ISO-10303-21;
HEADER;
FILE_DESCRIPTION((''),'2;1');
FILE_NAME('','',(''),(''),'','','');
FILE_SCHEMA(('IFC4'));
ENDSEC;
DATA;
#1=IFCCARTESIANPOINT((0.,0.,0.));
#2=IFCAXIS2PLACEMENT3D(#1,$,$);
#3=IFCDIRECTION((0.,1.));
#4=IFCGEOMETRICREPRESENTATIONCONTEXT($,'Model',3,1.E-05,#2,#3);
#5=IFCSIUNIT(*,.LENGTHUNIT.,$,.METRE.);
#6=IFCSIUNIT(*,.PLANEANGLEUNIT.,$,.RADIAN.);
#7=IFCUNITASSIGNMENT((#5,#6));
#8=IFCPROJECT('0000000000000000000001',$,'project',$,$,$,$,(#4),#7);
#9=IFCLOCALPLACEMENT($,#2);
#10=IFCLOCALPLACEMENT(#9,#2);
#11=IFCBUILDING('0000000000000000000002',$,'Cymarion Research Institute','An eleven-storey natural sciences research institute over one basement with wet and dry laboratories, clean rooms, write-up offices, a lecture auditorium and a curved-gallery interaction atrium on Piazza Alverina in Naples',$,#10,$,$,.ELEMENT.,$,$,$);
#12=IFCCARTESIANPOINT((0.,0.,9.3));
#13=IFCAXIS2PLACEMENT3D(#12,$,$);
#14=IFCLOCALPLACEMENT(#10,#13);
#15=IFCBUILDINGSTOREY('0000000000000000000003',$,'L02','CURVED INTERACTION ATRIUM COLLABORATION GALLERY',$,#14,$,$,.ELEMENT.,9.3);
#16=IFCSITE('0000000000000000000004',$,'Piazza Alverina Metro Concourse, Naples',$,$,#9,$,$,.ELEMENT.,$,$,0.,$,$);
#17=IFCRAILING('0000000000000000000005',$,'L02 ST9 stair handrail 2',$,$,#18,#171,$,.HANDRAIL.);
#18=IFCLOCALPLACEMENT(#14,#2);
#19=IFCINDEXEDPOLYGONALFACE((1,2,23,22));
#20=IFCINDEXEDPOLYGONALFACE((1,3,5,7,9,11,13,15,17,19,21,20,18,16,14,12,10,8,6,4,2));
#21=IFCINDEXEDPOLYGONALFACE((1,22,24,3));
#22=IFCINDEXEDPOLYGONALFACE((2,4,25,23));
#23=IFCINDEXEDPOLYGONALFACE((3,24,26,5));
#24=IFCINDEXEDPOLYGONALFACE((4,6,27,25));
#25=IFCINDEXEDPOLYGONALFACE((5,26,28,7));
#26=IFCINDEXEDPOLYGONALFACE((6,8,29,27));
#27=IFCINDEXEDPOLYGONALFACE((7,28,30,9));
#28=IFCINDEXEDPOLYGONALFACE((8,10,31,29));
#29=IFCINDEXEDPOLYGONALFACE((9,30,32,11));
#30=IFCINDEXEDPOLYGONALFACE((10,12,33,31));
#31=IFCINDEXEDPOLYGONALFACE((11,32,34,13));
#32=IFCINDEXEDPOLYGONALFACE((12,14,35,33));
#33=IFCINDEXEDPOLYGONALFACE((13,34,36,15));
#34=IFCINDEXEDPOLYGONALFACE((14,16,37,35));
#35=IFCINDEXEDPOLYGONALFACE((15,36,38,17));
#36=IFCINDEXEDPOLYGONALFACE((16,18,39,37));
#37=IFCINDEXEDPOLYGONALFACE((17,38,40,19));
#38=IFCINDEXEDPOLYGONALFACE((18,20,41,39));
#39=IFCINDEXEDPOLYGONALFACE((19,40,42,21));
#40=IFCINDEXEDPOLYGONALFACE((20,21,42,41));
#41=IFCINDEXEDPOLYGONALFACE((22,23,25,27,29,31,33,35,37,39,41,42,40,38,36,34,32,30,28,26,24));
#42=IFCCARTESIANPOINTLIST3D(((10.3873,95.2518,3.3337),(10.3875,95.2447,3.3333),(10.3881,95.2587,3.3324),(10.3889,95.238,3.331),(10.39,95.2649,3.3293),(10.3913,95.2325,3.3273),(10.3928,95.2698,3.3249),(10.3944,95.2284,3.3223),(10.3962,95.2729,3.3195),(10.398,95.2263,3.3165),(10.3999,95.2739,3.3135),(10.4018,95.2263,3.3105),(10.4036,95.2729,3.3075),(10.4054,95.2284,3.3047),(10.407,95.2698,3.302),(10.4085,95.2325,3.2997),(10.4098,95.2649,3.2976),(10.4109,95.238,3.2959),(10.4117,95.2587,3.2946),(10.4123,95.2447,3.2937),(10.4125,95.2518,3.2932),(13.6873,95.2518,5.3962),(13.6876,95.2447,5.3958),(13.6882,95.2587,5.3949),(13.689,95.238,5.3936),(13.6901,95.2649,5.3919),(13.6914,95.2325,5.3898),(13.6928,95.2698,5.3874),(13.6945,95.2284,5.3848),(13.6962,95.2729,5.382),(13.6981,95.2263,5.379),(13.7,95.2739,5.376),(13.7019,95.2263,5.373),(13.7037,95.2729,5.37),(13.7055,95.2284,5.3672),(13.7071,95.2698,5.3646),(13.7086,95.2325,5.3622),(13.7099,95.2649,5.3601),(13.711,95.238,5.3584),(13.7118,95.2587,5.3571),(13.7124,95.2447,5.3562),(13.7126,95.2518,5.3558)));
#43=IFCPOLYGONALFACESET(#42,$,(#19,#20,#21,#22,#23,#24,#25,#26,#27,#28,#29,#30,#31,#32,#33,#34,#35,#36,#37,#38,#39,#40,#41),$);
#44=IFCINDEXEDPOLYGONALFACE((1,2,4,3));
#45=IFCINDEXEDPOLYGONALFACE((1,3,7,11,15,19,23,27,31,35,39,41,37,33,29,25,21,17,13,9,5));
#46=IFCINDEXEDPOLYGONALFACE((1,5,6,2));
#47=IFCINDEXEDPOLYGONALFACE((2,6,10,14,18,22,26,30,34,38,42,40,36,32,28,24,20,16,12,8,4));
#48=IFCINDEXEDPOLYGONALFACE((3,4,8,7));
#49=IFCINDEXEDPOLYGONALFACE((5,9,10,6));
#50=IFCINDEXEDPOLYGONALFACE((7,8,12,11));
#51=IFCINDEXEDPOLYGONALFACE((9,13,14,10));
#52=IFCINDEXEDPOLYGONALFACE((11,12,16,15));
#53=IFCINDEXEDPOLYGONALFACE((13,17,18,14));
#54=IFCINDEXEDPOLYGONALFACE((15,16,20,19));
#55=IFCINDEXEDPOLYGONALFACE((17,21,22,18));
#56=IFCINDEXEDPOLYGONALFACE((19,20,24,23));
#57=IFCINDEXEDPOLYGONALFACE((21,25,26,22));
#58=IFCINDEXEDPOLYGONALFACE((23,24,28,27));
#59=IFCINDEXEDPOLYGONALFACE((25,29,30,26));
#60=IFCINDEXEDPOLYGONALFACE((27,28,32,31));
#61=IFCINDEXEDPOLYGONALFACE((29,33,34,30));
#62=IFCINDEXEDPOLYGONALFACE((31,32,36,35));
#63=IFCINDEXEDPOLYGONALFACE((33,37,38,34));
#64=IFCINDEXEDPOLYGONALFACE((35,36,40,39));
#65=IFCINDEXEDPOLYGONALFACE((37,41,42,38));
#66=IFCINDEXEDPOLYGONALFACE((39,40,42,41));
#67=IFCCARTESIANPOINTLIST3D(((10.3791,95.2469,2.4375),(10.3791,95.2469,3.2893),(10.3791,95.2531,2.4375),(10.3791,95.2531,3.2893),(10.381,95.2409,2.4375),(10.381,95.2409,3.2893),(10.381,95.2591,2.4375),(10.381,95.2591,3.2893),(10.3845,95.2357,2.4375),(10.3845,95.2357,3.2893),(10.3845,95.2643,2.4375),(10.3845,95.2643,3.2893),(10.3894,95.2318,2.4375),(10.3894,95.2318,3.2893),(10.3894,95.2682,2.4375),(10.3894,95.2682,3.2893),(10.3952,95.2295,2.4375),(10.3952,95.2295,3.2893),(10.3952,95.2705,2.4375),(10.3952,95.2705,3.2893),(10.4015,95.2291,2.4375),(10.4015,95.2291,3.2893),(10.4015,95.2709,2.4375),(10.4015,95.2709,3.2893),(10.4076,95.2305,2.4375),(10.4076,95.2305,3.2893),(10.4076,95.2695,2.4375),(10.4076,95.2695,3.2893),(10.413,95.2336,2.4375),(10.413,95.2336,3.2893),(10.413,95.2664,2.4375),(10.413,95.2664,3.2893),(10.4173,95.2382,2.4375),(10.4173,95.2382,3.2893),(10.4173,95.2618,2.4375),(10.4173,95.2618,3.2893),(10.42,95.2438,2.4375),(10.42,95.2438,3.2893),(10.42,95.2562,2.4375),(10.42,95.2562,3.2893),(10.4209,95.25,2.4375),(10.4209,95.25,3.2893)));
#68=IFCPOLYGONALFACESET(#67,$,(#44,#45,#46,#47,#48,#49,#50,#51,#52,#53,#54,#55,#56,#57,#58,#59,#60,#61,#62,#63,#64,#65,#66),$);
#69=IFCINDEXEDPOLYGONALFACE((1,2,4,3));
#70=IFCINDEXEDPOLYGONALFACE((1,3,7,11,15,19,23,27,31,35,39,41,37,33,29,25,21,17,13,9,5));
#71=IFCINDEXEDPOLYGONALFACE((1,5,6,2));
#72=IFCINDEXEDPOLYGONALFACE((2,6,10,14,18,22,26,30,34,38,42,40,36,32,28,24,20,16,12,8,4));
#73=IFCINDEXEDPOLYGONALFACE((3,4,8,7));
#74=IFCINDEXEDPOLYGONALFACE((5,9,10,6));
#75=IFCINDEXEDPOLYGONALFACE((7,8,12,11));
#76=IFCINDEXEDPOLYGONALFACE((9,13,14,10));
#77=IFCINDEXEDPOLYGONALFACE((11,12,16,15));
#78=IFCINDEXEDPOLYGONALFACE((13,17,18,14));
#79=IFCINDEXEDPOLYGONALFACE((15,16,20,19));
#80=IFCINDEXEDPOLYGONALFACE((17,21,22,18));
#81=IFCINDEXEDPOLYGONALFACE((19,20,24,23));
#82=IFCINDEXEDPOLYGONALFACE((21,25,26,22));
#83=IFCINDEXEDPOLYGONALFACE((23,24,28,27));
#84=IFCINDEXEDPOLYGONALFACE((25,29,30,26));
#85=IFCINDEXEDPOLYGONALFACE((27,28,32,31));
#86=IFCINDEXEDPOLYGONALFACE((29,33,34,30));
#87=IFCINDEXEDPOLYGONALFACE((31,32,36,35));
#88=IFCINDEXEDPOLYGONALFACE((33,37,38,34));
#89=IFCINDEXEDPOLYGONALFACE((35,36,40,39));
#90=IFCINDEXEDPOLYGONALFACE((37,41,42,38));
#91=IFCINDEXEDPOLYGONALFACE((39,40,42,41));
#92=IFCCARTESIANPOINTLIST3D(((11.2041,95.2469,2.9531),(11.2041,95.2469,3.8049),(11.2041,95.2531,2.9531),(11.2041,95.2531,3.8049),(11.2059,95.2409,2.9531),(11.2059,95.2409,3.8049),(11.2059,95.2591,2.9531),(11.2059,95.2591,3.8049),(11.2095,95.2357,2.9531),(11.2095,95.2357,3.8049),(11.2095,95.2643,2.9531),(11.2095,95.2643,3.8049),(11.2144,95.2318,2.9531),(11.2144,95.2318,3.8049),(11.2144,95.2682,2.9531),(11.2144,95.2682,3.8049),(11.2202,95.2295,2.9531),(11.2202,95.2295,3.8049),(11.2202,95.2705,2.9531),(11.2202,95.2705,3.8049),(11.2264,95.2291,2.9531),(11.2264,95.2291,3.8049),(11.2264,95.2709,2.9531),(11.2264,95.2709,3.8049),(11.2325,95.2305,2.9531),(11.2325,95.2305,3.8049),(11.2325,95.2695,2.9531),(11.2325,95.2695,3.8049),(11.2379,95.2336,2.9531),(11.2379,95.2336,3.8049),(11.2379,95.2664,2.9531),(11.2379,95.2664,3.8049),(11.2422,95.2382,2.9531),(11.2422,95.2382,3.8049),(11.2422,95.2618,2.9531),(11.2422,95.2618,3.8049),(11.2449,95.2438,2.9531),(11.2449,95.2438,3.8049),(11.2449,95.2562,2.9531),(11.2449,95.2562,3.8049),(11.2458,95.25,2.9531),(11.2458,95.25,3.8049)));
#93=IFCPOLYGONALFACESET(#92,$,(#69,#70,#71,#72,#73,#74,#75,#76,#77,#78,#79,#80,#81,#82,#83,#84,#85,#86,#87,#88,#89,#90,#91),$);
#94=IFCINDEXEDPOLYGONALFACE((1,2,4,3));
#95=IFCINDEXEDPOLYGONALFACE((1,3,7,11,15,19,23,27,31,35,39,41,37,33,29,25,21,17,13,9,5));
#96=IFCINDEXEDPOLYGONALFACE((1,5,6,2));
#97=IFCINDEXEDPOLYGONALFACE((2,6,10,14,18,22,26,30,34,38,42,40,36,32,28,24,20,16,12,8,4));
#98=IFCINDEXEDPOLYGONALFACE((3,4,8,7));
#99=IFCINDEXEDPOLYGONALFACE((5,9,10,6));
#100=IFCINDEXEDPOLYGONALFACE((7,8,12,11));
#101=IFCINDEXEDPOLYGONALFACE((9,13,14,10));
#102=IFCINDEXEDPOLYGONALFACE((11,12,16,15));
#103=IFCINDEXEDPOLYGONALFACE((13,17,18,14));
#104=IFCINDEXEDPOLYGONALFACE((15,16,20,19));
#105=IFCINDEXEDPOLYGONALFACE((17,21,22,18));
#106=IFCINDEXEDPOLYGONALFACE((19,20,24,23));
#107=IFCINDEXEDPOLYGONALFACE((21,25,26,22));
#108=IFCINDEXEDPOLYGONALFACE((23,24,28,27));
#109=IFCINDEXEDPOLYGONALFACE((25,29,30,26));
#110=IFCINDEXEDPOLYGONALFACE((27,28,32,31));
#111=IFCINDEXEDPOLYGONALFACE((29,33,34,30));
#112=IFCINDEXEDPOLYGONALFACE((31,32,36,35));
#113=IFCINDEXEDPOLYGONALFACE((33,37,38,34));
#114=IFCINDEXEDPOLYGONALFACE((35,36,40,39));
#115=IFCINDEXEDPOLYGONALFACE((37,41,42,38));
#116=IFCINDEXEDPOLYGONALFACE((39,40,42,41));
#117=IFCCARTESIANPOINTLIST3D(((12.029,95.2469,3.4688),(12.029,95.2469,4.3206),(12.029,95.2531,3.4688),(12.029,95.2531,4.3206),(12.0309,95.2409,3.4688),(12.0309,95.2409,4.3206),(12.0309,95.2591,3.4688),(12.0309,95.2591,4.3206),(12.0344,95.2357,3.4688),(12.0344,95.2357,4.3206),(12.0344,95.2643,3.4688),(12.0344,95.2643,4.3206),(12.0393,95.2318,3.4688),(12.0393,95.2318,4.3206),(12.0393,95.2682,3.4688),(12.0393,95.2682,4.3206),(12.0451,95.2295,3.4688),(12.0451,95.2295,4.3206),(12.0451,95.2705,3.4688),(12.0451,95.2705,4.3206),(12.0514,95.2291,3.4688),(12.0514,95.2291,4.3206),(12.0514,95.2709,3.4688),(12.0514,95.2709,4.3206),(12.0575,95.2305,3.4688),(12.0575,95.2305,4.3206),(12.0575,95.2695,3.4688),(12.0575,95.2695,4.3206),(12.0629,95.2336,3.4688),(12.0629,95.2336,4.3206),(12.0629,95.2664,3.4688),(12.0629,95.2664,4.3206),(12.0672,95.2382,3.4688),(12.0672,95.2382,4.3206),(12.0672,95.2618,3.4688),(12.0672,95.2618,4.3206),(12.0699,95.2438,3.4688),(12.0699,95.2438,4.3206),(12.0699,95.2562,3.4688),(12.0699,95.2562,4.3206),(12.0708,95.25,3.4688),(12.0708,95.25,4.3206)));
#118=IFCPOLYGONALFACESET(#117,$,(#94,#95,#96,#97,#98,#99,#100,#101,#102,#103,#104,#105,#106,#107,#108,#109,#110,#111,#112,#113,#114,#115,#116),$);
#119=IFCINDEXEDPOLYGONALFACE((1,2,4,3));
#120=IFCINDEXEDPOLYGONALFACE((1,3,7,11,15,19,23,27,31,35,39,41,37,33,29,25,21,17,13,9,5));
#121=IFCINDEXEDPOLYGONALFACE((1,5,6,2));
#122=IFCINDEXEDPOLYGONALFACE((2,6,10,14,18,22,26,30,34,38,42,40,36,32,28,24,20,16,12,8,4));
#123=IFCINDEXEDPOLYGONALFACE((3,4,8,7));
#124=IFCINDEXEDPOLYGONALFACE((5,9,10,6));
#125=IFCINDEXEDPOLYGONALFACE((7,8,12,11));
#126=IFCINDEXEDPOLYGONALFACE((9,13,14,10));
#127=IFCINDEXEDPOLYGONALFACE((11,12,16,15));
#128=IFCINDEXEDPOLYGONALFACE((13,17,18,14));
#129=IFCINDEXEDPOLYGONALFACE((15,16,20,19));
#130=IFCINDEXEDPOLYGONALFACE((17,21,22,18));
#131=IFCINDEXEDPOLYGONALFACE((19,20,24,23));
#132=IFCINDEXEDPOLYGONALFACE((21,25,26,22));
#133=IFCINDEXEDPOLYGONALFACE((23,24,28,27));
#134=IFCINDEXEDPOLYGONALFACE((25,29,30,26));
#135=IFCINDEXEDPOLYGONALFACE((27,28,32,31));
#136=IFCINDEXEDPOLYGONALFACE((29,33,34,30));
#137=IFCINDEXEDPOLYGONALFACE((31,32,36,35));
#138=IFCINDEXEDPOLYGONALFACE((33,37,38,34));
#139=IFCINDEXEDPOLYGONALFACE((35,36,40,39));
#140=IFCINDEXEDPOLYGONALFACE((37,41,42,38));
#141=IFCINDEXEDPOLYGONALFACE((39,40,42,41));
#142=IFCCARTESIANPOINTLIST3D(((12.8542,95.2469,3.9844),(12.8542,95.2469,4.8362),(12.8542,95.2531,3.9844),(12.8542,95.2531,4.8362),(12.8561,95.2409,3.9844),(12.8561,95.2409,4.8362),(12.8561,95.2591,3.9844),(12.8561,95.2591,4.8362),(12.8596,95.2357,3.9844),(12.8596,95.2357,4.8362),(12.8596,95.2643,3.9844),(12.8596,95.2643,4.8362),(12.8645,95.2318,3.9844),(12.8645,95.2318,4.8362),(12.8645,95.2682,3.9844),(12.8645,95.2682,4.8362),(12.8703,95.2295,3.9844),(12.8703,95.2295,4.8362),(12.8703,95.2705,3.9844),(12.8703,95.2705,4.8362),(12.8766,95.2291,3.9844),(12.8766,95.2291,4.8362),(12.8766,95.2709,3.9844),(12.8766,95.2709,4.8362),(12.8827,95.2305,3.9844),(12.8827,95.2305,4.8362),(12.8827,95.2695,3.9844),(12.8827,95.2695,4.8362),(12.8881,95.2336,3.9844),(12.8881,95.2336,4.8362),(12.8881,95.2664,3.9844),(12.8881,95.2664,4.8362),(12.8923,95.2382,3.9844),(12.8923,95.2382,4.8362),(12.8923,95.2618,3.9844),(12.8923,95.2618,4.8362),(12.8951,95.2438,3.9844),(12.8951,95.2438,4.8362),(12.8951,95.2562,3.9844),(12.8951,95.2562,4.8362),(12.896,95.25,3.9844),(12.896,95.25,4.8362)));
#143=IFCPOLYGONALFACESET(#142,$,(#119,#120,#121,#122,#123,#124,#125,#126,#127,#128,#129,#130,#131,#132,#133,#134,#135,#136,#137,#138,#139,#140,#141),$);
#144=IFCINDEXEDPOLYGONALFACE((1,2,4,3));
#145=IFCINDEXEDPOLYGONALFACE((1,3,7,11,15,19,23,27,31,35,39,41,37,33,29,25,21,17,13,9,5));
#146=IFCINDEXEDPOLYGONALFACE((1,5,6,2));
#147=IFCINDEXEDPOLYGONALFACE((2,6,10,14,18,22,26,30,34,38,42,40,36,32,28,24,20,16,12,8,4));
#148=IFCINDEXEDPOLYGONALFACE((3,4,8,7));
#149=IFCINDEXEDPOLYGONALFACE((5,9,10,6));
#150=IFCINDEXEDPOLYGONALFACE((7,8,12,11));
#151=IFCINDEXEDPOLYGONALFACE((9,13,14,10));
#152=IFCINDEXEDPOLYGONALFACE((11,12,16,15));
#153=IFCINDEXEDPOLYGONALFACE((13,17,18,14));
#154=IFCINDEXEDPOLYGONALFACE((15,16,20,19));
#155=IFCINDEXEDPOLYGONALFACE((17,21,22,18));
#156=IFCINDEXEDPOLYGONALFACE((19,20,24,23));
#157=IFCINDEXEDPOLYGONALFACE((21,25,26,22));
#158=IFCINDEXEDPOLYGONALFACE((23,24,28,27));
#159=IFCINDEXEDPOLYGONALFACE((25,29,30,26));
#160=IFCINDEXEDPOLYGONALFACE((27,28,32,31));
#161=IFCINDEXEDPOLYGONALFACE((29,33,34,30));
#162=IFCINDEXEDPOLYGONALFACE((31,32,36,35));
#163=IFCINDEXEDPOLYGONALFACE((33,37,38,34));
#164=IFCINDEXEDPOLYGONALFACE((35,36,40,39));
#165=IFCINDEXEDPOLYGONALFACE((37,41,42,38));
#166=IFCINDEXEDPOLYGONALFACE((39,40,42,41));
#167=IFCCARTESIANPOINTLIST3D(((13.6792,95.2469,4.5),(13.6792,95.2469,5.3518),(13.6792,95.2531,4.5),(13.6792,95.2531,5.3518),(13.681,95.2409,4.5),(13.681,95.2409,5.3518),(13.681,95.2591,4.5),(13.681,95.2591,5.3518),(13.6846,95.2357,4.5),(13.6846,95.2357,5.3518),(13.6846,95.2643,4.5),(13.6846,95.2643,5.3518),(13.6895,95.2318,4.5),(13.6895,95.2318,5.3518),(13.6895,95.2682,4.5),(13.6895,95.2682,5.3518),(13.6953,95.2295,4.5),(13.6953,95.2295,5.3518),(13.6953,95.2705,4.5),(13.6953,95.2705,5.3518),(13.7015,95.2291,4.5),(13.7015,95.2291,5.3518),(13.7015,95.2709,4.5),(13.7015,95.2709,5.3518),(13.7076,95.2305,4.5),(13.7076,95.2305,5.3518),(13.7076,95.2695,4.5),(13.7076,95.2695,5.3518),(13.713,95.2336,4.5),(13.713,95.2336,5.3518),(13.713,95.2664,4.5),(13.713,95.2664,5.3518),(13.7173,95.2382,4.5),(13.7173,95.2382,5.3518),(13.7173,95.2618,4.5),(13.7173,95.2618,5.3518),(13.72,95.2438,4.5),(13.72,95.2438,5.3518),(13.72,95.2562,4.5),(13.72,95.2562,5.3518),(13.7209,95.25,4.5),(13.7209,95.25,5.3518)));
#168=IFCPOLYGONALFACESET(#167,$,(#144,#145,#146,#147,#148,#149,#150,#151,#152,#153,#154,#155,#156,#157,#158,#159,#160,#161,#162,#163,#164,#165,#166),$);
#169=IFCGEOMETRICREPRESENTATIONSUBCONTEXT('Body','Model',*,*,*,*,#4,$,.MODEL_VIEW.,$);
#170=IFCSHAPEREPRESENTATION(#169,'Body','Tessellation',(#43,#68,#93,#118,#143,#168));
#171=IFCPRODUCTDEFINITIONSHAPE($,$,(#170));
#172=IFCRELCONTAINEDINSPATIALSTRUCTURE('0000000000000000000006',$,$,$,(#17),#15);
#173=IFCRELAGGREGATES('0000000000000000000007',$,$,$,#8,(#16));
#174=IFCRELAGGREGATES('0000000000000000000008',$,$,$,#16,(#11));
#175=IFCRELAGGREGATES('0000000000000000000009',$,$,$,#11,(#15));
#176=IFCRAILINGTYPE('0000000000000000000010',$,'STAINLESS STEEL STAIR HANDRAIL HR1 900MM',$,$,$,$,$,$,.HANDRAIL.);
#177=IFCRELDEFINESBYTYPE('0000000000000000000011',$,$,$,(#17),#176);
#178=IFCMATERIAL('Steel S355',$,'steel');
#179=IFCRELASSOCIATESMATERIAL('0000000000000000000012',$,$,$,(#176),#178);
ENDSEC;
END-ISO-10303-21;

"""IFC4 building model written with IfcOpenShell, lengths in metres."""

from ifc_helpers import new_model, si_unit, direction, frame, origin, origin_2d, place, context, subcontext, project, spatial, circle, extrude, material, type_object, element, save


model = new_model("IFC4")

# Units and contexts
model_context = context("Model", 3, precision=1e-05, world=origin(), true_north=direction((0.0, 1.0)))
body_context = subcontext(model_context, "Body", "Model", "MODEL_VIEW")
ifc_project = project(units=[si_unit("LENGTHUNIT", "METRE"), si_unit("PLANEANGLEUNIT", "RADIAN")], contexts=[model_context])

# Site, building, storey
site_placement = place(None, origin())
site = spatial("IfcSite", under=ifc_project, at=site_placement, Name="Piazza Alverina Metro Concourse, Naples", CompositionType="ELEMENT", RefElevation=0.0)
building_placement = place(site_placement, origin())
building = spatial("IfcBuilding", under=site, at=building_placement, Name="Cymarion Research Institute", Description="An eleven-storey natural sciences research institute over one basement with wet and dry laboratories, clean rooms, write-up offices, a lecture auditorium and a curved-gallery interaction atrium on Piazza Alverina in Naples", CompositionType="ELEMENT")
storey_placement = place(building_placement, frame((0.0, 0.0, 9.3)))
storey = spatial("IfcBuildingStorey", under=building, at=storey_placement, Name="L02", Description="CURVED INTERACTION ATRIUM COLLABORATION GALLERY", CompositionType="ELEMENT", Elevation=9.3)

# Shared definitions
ifc_material_1 = material(Name="Steel S355", Category="steel")

# Railing
railing_type_1 = type_object("IfcRailingType", Name="STAINLESS STEEL STAIR HANDRAIL HR1 900MM", PredefinedType="HANDRAIL", material=ifc_material_1)
railing_1_placement = place(storey_placement, frame((10.3999, 95.25, 2.4375)))
element("IfcRailing", 1, at=railing_1_placement, inside=storey, type_object=railing_type_1, Name="L02 ST9 stair handrail 2", PredefinedType="HANDRAIL", context=body_context, shape_type="SweptSolid", body=[
    extrude(circle(Radius=0.0239, at=origin_2d()), frame((0.0, 0.0, 0.876), z_axis=(0.848002, 0.0, 0.529993), x_axis=(0.0, 1.0, 0.0)), (0.0, 0.0, 1.0), 3.8916),
    extrude(circle(Radius=0.021, at=origin_2d()), origin(), (0.0, 0.0, 1.0), 0.8518),
    extrude(circle(Radius=0.021, at=origin_2d()), frame((0.825, 0.0, 0.5156)), (0.0, 0.0, 1.0), 0.8518),
    extrude(circle(Radius=0.021, at=origin_2d()), frame((1.6499, 0.0, 1.0312)), (0.0, 0.0, 1.0), 0.8518),
    extrude(circle(Radius=0.021, at=origin_2d()), frame((2.4751, 0.0, 1.5469)), (0.0, 0.0, 1.0), 0.8518),
    extrude(circle(Radius=0.021, at=origin_2d()), frame((3.3, 0.0, 2.0625)), (0.0, 0.0, 1.0), 0.8518),
])

save(model, "model.ifc")
